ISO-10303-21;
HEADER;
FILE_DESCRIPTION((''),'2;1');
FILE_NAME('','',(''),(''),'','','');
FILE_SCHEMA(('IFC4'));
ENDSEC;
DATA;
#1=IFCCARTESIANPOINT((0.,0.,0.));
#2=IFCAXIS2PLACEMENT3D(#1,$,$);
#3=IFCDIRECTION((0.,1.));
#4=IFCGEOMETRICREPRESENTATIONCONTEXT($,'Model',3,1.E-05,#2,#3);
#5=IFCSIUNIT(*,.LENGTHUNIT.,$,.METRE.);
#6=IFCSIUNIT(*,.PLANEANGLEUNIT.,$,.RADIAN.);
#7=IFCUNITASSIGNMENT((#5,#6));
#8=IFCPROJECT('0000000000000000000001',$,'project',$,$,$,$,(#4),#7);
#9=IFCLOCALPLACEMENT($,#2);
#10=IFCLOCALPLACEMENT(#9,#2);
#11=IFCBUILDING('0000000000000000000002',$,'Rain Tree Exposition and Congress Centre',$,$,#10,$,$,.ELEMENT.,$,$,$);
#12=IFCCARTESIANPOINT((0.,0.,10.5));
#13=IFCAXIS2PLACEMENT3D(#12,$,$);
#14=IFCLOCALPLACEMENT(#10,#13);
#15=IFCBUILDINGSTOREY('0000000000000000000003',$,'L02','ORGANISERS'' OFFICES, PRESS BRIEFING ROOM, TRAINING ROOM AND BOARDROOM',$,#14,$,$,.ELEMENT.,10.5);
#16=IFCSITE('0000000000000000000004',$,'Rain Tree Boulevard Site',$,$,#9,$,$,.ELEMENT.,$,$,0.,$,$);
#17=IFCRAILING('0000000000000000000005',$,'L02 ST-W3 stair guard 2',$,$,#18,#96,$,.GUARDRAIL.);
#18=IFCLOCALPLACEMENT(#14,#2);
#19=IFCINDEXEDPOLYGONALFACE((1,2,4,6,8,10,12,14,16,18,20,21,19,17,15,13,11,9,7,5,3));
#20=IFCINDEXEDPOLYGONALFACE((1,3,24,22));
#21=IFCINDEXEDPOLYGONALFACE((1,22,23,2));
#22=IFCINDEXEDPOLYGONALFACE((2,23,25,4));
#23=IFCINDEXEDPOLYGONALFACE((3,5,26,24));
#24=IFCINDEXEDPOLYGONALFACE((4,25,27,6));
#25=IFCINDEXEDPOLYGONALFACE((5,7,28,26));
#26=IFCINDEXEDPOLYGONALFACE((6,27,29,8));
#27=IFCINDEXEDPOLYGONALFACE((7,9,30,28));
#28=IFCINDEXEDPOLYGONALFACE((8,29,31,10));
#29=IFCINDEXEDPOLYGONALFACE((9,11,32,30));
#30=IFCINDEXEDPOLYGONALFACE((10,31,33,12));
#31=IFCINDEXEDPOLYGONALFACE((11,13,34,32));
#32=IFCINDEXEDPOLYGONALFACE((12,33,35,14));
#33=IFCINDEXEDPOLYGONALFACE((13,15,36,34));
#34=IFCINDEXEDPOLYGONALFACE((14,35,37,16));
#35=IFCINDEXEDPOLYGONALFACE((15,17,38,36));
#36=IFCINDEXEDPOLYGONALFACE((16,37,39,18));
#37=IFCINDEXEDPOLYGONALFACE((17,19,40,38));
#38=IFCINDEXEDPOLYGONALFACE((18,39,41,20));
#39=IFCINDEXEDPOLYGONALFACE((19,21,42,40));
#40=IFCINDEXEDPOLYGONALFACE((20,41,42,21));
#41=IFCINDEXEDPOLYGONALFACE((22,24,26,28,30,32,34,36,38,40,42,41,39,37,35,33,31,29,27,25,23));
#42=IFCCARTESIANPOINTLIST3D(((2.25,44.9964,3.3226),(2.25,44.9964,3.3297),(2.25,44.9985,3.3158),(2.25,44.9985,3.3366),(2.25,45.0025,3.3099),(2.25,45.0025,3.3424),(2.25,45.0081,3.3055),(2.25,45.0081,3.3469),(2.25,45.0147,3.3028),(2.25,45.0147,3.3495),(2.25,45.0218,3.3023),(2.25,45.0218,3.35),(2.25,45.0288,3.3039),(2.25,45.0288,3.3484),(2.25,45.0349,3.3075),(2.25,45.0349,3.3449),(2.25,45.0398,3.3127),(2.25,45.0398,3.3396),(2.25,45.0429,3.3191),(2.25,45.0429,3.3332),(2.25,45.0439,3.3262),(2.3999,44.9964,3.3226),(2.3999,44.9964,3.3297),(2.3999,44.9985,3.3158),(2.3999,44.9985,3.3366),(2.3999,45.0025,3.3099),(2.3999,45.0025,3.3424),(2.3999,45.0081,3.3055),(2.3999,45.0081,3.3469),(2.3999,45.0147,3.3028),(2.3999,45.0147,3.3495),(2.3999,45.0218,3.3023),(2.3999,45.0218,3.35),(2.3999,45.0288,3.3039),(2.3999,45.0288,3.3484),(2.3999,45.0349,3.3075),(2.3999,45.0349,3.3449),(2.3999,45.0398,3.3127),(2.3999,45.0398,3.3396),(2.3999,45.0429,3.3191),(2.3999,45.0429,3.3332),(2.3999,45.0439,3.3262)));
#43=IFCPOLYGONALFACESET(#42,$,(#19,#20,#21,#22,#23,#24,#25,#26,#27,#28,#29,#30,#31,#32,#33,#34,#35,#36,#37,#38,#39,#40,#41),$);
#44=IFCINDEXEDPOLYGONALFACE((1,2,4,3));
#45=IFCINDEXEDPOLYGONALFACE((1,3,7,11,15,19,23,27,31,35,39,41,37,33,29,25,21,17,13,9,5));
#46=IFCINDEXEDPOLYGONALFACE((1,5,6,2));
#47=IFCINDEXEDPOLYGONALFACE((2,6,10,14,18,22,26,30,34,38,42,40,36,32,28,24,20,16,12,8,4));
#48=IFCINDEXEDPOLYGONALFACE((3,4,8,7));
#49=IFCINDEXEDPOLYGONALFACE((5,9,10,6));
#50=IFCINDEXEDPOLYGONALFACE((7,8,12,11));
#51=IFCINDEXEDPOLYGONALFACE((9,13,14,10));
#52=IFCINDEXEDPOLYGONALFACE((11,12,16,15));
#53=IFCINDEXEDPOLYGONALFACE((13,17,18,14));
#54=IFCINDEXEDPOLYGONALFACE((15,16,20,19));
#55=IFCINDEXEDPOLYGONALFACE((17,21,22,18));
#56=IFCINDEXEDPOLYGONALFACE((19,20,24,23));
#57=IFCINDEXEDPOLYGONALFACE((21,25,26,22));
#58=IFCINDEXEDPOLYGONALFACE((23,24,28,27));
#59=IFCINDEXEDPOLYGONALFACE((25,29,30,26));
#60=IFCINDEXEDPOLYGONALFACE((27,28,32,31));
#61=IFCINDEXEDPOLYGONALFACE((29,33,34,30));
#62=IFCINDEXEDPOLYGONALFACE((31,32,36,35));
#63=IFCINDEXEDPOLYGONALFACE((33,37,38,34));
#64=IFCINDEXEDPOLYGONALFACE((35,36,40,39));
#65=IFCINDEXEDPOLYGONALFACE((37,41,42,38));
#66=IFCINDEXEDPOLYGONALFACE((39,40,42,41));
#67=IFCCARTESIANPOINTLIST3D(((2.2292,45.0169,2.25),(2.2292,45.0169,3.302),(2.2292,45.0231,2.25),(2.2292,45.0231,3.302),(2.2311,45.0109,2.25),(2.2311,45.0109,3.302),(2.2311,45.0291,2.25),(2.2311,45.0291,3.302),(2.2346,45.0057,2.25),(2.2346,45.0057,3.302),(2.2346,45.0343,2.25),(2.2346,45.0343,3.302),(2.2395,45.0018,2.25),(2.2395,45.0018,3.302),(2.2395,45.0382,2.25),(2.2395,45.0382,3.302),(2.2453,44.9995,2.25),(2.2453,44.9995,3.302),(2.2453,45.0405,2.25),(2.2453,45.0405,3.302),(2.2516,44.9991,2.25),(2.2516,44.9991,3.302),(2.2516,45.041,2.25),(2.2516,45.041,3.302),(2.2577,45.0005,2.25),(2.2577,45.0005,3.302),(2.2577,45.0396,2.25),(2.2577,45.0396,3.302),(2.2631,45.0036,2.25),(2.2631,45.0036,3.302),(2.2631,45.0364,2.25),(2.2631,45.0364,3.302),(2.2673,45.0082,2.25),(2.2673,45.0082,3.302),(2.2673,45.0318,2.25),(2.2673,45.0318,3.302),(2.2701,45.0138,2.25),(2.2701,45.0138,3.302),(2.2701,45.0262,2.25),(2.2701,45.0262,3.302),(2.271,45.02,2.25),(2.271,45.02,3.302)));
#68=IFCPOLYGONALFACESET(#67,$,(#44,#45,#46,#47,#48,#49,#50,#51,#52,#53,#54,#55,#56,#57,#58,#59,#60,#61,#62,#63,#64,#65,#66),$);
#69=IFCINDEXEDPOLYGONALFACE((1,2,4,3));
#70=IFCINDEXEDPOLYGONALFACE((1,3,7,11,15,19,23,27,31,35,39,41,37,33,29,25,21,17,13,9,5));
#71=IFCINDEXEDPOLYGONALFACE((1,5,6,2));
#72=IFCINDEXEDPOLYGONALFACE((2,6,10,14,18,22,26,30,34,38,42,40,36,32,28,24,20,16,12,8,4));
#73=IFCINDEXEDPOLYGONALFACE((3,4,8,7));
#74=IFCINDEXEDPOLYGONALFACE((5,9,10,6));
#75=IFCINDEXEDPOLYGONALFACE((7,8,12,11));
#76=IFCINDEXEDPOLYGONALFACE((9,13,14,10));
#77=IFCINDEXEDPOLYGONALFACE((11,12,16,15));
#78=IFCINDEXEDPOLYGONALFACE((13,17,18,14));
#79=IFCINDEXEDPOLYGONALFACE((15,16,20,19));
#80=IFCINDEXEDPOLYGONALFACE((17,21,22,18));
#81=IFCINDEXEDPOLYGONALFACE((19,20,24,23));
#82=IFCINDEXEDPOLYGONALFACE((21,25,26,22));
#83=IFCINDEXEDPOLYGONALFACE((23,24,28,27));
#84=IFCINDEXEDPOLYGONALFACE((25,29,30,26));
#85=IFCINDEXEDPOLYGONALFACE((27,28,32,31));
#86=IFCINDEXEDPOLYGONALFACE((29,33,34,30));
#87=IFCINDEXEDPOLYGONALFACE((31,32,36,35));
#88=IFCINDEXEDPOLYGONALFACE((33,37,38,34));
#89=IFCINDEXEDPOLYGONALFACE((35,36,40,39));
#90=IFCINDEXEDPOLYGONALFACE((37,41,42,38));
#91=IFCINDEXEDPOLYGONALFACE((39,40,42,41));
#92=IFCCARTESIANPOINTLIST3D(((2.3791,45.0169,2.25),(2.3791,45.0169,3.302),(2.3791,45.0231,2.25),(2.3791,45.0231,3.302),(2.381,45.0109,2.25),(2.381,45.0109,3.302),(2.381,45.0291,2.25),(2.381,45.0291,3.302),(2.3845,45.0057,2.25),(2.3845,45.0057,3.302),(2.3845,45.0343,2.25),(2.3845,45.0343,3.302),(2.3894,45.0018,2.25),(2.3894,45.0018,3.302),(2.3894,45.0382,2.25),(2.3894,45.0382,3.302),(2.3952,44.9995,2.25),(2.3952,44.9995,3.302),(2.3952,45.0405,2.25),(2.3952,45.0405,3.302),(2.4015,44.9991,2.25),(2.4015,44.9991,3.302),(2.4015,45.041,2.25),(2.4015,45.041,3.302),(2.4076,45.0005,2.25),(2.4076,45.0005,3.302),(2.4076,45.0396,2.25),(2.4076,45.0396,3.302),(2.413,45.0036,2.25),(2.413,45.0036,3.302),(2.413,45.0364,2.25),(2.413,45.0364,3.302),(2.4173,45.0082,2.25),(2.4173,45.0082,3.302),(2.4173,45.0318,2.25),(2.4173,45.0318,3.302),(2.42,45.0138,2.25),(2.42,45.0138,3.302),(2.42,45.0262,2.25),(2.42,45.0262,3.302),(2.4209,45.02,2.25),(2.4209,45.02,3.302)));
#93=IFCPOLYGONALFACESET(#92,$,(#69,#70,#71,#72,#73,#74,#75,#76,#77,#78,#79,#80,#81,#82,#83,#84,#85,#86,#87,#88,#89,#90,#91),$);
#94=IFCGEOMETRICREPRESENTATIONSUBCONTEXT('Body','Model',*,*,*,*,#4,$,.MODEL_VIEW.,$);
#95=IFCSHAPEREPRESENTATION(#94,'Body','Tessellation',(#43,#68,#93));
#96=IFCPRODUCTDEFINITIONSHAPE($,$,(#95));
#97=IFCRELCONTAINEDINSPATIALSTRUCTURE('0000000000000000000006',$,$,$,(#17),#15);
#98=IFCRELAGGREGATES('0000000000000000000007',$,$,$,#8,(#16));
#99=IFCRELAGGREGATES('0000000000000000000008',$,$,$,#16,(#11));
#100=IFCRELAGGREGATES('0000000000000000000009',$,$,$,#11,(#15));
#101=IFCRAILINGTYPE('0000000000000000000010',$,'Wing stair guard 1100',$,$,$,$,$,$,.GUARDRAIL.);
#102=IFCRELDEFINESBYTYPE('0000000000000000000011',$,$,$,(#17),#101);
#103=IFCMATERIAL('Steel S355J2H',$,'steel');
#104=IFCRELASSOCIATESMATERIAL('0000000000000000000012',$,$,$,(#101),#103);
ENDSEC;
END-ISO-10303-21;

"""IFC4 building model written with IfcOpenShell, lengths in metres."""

from ifc_helpers import new_model, si_unit, direction, frame, origin, origin_2d, place, context, subcontext, project, spatial, circle, extrude, material, type_object, element, save


model = new_model("IFC4")

# Units and contexts
model_context = context("Model", 3, precision=1e-05, world=origin(), true_north=direction((0.0, 1.0)))
body_context = subcontext(model_context, "Body", "Model", "MODEL_VIEW")
ifc_project = project(units=[si_unit("LENGTHUNIT", "METRE"), si_unit("PLANEANGLEUNIT", "RADIAN")], contexts=[model_context])

# Site, building, storey
site_placement = place(None, origin())
site = spatial("IfcSite", under=ifc_project, at=site_placement, Name="Rain Tree Boulevard Site", CompositionType="ELEMENT", RefElevation=0.0)
building_placement = place(site_placement, origin())
building = spatial("IfcBuilding", under=site, at=building_placement, Name="Rain Tree Exposition and Congress Centre", CompositionType="ELEMENT")
storey_placement = place(building_placement, frame((0.0, 0.0, 10.5)))
storey = spatial("IfcBuildingStorey", under=building, at=storey_placement, Name="L02", Description="ORGANISERS' OFFICES, PRESS BRIEFING ROOM, TRAINING ROOM AND BOARDROOM", CompositionType="ELEMENT", Elevation=10.5)

# Railing
ifc_material_1 = material(Name="Steel S355J2H", Category="steel")
railing_type_1 = type_object("IfcRailingType", Name="Wing stair guard 1100", PredefinedType="GUARDRAIL", material=ifc_material_1)
railing_1_placement = place(storey_placement, frame((2.25, 45.02, 2.25)))
element("IfcRailing", 1, at=railing_1_placement, inside=storey, type_object=railing_type_1, Name="L02 ST-W3 stair guard 2", PredefinedType="GUARDRAIL", context=body_context, shape_type="SweptSolid", body=[
    extrude(circle(Radius=0.0239, at=origin_2d()), frame((0.0, 0.0, 1.0762), z_axis=(1.0, 0.0, 0.0), x_axis=(0.0, 1.0, 0.0)), (0.0, 0.0, 1.0), 0.1499),
    extrude(circle(Radius=0.021, at=origin_2d()), origin(), (0.0, 0.0, 1.0), 1.052),
    extrude(circle(Radius=0.021, at=origin_2d()), frame((0.1499, 0.0, 0.0)), (0.0, 0.0, 1.0), 1.052),
])

save(model, "model.ifc")
